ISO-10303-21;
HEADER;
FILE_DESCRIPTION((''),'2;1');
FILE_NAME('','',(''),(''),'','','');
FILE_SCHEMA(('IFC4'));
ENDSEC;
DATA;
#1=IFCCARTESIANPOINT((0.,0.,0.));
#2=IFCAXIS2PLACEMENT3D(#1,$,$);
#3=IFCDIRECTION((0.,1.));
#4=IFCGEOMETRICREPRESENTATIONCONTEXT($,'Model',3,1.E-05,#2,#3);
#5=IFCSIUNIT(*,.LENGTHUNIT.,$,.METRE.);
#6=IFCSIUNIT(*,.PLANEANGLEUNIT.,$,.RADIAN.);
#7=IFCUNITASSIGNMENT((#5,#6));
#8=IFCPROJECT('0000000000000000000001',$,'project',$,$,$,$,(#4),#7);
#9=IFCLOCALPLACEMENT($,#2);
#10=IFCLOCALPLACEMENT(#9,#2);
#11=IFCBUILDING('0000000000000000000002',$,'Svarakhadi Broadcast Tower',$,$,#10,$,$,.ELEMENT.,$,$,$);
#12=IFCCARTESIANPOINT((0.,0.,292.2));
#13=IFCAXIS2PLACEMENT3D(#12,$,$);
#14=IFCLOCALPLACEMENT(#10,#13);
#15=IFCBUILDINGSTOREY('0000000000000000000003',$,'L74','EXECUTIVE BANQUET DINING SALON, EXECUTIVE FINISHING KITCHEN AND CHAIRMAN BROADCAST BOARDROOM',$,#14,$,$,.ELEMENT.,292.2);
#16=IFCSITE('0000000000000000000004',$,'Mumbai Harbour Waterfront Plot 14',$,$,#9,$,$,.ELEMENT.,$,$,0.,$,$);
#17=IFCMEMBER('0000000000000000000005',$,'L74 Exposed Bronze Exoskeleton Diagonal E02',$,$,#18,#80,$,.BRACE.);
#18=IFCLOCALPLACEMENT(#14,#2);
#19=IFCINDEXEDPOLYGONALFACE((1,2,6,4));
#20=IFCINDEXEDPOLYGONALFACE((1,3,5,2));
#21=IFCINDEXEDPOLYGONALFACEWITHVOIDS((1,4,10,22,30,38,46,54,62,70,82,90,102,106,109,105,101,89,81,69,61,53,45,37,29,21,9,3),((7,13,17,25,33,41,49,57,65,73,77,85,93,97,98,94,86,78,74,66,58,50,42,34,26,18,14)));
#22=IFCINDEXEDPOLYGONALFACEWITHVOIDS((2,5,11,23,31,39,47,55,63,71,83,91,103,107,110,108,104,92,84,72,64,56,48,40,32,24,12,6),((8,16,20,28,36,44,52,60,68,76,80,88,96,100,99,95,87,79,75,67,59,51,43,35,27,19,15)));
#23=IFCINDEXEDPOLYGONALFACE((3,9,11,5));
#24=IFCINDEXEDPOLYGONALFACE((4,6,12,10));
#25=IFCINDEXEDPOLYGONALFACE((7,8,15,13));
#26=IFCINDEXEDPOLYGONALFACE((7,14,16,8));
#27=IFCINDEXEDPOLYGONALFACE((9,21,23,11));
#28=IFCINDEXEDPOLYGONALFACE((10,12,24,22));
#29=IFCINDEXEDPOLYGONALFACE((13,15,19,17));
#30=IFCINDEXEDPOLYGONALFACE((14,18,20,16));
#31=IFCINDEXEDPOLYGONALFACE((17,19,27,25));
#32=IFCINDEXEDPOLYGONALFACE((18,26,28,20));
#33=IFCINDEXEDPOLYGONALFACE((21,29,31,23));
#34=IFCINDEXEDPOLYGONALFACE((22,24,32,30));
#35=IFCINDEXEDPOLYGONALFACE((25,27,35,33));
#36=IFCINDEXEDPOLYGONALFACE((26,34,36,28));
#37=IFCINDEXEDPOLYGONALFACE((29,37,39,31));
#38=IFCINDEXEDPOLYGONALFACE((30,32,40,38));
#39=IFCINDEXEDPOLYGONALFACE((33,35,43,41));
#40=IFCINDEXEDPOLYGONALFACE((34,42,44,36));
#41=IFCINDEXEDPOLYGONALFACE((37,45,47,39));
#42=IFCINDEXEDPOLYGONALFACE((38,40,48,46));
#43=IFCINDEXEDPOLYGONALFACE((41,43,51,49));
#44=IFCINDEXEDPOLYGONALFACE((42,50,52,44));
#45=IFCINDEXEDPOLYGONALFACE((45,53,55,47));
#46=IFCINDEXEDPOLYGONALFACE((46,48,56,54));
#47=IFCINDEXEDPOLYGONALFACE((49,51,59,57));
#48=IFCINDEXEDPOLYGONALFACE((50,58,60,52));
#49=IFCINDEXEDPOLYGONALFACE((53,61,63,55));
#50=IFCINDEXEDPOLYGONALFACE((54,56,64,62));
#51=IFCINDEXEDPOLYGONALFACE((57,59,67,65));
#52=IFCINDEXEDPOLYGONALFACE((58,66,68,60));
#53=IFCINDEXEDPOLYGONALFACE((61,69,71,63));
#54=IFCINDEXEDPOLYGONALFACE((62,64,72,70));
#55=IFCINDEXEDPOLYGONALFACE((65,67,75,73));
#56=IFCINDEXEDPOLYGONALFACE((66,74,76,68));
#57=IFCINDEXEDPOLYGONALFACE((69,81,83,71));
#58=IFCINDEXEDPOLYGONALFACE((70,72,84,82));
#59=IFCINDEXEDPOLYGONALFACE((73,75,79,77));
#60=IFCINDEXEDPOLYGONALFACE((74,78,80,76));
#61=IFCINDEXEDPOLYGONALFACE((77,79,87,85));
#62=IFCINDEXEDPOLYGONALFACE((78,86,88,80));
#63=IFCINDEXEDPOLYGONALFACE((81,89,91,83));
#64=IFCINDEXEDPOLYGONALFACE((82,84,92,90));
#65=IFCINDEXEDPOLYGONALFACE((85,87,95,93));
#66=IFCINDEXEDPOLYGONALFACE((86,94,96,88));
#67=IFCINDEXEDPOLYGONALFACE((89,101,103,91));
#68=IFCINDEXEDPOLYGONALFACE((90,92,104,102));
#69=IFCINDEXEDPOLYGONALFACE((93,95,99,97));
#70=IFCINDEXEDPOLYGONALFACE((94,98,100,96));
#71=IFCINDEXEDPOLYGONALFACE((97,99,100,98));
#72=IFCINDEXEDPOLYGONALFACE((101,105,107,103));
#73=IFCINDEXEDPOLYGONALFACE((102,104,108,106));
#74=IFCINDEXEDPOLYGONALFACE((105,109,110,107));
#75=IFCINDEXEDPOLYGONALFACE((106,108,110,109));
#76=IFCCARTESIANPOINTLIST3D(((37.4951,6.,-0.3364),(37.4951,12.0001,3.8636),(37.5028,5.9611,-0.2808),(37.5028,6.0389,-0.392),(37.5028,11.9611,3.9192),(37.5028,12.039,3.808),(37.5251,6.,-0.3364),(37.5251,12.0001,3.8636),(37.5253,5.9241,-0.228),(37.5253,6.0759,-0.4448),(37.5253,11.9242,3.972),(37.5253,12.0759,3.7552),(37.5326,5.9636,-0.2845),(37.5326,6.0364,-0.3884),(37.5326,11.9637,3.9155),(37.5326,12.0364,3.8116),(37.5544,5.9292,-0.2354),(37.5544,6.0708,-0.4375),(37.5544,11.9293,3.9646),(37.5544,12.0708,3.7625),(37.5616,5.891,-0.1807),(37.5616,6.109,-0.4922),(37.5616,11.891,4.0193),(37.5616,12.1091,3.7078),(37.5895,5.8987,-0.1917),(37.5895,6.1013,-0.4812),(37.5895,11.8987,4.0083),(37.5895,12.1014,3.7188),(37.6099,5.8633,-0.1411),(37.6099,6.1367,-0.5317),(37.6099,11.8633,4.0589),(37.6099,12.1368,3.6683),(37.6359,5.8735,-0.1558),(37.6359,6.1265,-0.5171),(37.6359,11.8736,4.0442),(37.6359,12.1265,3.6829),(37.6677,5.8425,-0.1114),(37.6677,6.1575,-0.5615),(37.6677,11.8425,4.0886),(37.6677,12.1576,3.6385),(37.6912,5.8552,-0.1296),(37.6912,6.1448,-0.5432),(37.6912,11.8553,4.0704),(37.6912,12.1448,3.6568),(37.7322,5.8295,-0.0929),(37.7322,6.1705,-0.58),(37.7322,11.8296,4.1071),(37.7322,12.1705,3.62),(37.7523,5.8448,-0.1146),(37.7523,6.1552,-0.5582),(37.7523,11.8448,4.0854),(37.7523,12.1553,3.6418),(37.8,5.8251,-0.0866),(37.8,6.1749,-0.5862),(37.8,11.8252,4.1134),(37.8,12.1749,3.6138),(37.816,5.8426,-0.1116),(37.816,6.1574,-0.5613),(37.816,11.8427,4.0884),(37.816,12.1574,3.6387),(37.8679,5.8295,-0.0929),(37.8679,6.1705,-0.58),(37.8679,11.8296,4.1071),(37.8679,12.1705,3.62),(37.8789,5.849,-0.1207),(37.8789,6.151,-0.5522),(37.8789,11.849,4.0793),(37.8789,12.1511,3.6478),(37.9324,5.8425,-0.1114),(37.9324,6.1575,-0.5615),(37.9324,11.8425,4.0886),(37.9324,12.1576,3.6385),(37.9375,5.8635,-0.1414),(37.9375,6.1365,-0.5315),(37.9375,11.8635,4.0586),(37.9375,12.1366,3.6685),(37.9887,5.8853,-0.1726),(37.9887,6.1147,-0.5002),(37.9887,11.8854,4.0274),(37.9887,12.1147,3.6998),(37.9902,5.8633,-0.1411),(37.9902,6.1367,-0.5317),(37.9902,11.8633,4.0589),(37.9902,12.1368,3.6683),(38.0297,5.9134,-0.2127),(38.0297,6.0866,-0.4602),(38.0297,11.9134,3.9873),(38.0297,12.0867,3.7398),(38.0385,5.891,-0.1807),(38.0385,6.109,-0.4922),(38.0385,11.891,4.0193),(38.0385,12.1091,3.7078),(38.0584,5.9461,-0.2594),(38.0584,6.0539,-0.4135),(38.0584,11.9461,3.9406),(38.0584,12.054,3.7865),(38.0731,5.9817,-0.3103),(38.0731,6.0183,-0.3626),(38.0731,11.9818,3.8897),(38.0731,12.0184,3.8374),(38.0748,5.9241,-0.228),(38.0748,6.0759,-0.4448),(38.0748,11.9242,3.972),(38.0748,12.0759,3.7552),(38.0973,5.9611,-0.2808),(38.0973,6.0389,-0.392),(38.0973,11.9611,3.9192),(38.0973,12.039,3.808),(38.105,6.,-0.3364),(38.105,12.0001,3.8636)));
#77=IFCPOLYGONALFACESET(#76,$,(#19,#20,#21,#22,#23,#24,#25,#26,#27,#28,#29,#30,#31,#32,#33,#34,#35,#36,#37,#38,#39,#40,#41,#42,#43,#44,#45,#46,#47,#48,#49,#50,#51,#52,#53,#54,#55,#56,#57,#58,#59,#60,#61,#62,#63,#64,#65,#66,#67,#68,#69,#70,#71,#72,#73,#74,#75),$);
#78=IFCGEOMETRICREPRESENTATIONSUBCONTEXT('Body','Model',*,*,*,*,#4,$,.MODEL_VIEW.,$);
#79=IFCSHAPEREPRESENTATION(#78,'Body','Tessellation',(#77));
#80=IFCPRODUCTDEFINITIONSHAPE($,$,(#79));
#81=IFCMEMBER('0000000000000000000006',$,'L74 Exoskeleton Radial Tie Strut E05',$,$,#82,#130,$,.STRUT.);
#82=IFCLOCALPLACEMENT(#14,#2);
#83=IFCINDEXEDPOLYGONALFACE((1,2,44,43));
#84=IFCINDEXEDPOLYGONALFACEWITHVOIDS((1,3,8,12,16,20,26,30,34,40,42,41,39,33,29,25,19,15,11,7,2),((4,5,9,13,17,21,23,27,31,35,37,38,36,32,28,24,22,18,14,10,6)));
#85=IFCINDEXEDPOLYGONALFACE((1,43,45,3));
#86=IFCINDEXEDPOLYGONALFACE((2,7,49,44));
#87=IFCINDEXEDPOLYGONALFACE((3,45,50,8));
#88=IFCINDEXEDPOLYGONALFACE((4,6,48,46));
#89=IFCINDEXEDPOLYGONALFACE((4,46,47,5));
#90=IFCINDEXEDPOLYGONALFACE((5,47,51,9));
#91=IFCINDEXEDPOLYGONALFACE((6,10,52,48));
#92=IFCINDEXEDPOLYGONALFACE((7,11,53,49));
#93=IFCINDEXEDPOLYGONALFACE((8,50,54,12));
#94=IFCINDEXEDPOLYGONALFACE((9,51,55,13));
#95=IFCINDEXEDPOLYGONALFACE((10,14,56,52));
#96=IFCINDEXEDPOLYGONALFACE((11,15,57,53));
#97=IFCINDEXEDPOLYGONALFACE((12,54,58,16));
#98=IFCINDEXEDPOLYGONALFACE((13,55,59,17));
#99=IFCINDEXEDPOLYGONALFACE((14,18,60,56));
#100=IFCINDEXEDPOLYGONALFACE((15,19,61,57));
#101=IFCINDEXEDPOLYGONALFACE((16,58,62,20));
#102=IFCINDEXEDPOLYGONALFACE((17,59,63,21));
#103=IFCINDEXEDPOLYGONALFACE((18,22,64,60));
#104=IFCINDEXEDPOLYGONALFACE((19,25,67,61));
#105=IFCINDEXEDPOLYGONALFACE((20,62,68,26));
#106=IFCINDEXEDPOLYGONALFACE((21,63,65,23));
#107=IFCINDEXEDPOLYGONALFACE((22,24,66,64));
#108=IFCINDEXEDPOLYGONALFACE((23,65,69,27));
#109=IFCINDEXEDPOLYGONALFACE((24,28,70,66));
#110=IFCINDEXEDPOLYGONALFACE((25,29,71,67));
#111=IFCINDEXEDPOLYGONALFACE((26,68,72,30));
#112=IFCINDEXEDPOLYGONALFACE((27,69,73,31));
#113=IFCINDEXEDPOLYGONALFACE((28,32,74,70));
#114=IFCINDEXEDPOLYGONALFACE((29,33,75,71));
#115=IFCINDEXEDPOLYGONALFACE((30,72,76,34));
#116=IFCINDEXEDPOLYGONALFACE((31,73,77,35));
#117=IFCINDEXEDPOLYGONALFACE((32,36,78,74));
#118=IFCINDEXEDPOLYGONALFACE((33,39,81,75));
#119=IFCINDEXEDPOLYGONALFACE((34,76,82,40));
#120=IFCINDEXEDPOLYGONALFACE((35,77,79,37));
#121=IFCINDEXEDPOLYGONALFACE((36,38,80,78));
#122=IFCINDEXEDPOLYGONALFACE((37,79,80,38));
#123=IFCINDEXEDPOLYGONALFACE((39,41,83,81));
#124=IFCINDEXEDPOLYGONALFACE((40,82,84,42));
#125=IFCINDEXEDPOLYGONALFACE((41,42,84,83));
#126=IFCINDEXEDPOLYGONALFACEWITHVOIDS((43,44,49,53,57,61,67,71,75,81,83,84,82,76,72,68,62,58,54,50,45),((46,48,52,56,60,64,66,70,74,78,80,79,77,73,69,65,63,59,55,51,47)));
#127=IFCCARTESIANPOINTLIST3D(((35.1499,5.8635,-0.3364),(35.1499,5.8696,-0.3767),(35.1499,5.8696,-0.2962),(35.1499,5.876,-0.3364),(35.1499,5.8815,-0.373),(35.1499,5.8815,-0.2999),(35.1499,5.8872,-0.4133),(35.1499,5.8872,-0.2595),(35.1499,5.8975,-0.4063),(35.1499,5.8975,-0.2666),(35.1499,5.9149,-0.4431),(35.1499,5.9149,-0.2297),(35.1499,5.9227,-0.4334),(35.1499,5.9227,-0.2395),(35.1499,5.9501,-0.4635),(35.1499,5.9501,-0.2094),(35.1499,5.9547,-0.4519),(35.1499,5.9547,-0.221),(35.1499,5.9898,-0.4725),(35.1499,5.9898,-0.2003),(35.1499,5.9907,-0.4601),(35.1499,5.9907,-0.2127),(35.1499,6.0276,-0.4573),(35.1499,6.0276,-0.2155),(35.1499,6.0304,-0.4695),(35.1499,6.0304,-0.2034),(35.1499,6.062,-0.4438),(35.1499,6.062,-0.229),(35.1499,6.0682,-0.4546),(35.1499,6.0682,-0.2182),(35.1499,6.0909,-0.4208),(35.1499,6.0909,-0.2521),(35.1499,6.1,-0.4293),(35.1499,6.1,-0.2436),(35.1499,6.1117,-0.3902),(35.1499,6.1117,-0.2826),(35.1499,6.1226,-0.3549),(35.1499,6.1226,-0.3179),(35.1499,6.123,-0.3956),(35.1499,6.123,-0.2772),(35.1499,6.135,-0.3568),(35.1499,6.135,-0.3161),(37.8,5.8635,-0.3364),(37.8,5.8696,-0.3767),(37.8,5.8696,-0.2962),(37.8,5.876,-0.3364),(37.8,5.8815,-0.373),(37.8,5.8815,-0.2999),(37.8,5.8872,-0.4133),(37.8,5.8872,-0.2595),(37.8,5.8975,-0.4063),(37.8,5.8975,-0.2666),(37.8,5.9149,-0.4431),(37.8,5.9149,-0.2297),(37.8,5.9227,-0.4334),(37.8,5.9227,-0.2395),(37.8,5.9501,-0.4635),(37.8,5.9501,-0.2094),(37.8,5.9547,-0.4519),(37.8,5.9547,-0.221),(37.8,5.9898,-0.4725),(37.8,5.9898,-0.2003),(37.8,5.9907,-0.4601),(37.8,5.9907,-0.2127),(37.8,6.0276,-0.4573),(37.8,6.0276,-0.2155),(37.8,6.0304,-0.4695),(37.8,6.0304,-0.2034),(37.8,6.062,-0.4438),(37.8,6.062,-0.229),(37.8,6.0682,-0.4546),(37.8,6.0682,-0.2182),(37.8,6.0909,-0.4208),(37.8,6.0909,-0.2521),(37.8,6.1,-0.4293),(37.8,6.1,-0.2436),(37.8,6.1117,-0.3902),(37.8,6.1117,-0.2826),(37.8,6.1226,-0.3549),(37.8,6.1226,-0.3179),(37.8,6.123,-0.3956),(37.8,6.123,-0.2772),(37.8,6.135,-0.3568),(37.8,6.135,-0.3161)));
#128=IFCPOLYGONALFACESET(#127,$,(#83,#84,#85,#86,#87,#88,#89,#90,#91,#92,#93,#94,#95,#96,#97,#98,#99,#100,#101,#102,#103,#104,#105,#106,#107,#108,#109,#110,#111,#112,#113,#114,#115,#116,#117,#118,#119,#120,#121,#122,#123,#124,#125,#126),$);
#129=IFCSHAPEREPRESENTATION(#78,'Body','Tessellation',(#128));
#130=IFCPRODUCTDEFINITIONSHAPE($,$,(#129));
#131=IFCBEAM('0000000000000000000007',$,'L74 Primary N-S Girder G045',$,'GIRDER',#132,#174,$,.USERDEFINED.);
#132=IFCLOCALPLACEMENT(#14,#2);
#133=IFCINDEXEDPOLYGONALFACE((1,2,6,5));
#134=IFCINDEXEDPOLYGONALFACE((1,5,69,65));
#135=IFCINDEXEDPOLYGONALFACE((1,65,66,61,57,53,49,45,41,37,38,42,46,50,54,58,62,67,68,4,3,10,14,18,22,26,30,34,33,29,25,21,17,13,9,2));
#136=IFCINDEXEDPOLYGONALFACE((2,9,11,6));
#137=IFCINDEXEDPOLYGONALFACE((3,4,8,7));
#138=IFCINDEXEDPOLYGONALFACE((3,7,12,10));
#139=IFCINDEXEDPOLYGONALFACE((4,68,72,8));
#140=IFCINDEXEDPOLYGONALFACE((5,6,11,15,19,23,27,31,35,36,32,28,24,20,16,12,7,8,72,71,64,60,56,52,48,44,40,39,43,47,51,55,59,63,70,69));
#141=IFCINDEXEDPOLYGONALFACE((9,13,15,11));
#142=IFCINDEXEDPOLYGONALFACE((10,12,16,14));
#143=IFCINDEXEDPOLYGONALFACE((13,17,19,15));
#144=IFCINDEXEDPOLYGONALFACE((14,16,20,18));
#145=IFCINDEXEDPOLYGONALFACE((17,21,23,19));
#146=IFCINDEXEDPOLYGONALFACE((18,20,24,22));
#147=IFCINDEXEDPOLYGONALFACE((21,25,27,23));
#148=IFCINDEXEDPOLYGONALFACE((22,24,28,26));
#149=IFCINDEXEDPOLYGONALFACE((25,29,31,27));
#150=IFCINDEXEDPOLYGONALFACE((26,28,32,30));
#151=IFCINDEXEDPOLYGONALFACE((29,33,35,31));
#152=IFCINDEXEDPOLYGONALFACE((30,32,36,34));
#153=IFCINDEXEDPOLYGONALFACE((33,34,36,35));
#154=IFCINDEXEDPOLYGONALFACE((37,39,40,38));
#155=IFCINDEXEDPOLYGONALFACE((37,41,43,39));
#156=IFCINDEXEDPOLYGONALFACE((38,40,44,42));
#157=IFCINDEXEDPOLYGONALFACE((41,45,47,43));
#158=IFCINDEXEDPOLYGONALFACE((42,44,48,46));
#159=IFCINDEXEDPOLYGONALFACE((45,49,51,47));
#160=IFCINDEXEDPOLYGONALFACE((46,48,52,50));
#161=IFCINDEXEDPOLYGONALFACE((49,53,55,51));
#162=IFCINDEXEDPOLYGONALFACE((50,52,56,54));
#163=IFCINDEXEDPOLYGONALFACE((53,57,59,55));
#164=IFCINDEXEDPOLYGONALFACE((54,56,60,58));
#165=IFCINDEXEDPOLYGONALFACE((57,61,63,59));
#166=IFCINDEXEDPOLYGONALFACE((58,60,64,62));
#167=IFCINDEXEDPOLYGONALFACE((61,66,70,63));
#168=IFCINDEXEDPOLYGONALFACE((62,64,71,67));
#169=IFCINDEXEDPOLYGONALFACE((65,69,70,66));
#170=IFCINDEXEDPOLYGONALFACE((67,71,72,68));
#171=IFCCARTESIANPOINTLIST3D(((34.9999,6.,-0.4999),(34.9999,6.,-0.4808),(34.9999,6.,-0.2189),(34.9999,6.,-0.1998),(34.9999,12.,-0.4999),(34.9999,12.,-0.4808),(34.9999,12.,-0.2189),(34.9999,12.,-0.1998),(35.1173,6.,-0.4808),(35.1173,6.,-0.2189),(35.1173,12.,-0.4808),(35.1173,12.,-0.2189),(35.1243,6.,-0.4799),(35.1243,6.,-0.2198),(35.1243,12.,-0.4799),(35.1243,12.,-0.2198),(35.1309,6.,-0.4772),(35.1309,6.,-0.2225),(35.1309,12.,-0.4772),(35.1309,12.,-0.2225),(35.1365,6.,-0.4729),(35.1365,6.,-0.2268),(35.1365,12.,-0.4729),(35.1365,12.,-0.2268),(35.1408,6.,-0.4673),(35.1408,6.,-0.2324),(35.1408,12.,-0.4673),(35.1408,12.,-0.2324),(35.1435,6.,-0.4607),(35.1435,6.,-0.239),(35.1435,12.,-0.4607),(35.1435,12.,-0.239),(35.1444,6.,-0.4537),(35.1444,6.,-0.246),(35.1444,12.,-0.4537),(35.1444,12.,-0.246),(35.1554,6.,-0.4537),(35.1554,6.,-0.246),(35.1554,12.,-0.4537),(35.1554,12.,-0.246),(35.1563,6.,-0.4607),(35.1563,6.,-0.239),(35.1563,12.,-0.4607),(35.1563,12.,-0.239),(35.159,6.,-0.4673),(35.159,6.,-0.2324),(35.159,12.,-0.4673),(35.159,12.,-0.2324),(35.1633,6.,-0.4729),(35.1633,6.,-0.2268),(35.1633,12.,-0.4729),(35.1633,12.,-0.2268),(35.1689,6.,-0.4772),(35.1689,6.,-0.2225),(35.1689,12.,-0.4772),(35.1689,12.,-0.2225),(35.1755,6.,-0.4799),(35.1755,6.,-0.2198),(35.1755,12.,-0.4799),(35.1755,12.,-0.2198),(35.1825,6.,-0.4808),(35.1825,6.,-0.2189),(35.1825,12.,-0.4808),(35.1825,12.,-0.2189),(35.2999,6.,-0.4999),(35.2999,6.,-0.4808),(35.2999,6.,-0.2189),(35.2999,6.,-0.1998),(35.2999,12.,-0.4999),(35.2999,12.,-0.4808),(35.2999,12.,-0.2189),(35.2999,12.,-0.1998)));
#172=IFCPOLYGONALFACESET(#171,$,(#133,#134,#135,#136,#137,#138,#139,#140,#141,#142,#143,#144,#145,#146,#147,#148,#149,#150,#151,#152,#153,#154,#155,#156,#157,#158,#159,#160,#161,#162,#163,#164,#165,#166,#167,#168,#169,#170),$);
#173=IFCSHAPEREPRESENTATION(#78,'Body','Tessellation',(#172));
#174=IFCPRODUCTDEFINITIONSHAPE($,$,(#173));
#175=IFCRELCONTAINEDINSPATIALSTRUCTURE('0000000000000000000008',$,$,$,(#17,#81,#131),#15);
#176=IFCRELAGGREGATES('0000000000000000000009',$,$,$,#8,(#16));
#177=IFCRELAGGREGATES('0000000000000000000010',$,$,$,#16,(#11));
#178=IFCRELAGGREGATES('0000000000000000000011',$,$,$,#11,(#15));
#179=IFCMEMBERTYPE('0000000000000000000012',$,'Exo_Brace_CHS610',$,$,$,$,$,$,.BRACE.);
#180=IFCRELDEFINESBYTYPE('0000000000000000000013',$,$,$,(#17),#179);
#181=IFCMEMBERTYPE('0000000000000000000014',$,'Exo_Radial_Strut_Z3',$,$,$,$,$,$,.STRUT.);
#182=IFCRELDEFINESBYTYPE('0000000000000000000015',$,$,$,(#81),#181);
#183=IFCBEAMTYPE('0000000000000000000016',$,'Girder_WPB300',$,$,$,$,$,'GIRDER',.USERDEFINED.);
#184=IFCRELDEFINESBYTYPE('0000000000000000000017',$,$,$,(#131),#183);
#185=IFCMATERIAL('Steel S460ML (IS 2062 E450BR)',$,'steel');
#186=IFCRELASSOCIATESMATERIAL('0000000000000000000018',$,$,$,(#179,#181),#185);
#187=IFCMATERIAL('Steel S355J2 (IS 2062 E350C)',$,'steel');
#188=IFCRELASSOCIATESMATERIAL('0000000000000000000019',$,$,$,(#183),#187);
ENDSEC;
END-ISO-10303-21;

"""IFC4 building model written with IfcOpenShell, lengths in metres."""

from ifc_helpers import new_model, si_unit, direction, frame, origin, origin_2d, place, context, subcontext, project, spatial, hollow_circle, i_section, extrude, material, material_profile, profile_set, type_object, element, save


model = new_model("IFC4")

# Units and contexts
model_context = context("Model", 3, precision=1e-05, world=origin(), true_north=direction((0.0, 1.0)))
body_context = subcontext(model_context, "Body", "Model", "MODEL_VIEW")
ifc_project = project(units=[si_unit("LENGTHUNIT", "METRE"), si_unit("PLANEANGLEUNIT", "RADIAN")], contexts=[model_context])

# Site, building, storey
site_placement = place(None, origin())
site = spatial("IfcSite", under=ifc_project, at=site_placement, Name="Mumbai Harbour Waterfront Plot 14", CompositionType="ELEMENT", RefElevation=0.0)
building_placement = place(site_placement, origin())
building = spatial("IfcBuilding", under=site, at=building_placement, Name="Svarakhadi Broadcast Tower", CompositionType="ELEMENT")
storey_placement = place(building_placement, frame((0.0, 0.0, 292.2)))
storey = spatial("IfcBuildingStorey", under=building, at=storey_placement, Name="L74", Description="EXECUTIVE BANQUET DINING SALON, EXECUTIVE FINISHING KITCHEN AND CHAIRMAN BROADCAST BOARDROOM", CompositionType="ELEMENT", Elevation=292.2)

# Shared definitions
ifc_material_1 = material(Name="Steel S460ML (IS 2062 E450BR)", Category="steel")

# Members
ifc_material_profile_1 = material_profile(ifc_material_1, hollow_circle(Radius=0.3049, WallThickness=0.03, at=origin_2d()), Name="CHS 610x30")
ifc_profile_set_1 = profile_set([ifc_material_profile_1], Name="Steel S460ML (IS 2062 E450BR)")
member_type_1 = type_object("IfcMemberType", Name="Exo_Brace_CHS610", PredefinedType="BRACE", material=ifc_profile_set_1)
member_1_placement = place(storey_placement, frame((37.8, 6.0, -0.3364), z_axis=(0.0, 0.819235, 0.573458), x_axis=(-1.0, 0.0, 0.0)))
element("IfcMember", 1, at=member_1_placement, inside=storey, type_object=member_type_1, Name="L74 Exposed Bronze Exoskeleton Diagonal E02", PredefinedType="BRACE", context=body_context, shape_type="SweptSolid", body=[
    extrude(hollow_circle(Radius=0.3049, WallThickness=0.03, at=origin_2d()), origin(), (0.0, 0.0, 1.0), 7.324),
])
ifc_material_profile_2 = material_profile(ifc_material_1, hollow_circle(Radius=0.1365, WallThickness=0.0125, at=origin_2d()), Name="CHS 273x12.5")
ifc_profile_set_2 = profile_set([ifc_material_profile_2], Name="Steel S460ML (IS 2062 E450BR)")
member_type_2 = type_object("IfcMemberType", Name="Exo_Radial_Strut_Z3", PredefinedType="STRUT", material=ifc_profile_set_2)
member_2_placement = place(storey_placement, frame((37.8, 6.0, -0.3364), z_axis=(-1.0, 0.0, 0.0), x_axis=(0.0, -1.0, 0.0)))
element("IfcMember", 2, at=member_2_placement, inside=storey, type_object=member_type_2, Name="L74 Exoskeleton Radial Tie Strut E05", PredefinedType="STRUT", context=body_context, shape_type="SweptSolid", body=[
    extrude(hollow_circle(Radius=0.1365, WallThickness=0.0125, at=origin_2d()), origin(), (0.0, 0.0, 1.0), 2.6501),
])

# Beam
ifc_material_2 = material(Name="Steel S355J2 (IS 2062 E350C)", Category="steel")
ifc_material_profile_3 = material_profile(ifc_material_2, i_section(OverallWidth=0.3, OverallDepth=0.3, WebThickness=0.011, FlangeThickness=0.019, FilletRadius=0.0271, at=origin_2d()), Name="WPB 300x300x117")
ifc_profile_set_3 = profile_set([ifc_material_profile_3], Name="Steel S355J2 (IS 2062 E350C)")
beam_type_1 = type_object("IfcBeamType", Name="Girder_WPB300", ElementType="GIRDER", PredefinedType="USERDEFINED", material=ifc_profile_set_3)
beam_1_placement = place(storey_placement, frame((35.1499, 6.0, -0.3499), z_axis=(0.0, 1.0, 0.0), x_axis=(-1.0, 0.0, 0.0)))
element("IfcBeam", 3, at=beam_1_placement, inside=storey, type_object=beam_type_1, Name="L74 Primary N-S Girder G045", ObjectType="GIRDER", PredefinedType="USERDEFINED", context=body_context, shape_type="SweptSolid", body=[
    extrude(i_section(OverallWidth=0.3, OverallDepth=0.3, WebThickness=0.011, FlangeThickness=0.019, FilletRadius=0.0271, at=origin_2d()), origin(), (0.0, 0.0, 1.0), 6.0),
])

save(model, "model.ifc")
